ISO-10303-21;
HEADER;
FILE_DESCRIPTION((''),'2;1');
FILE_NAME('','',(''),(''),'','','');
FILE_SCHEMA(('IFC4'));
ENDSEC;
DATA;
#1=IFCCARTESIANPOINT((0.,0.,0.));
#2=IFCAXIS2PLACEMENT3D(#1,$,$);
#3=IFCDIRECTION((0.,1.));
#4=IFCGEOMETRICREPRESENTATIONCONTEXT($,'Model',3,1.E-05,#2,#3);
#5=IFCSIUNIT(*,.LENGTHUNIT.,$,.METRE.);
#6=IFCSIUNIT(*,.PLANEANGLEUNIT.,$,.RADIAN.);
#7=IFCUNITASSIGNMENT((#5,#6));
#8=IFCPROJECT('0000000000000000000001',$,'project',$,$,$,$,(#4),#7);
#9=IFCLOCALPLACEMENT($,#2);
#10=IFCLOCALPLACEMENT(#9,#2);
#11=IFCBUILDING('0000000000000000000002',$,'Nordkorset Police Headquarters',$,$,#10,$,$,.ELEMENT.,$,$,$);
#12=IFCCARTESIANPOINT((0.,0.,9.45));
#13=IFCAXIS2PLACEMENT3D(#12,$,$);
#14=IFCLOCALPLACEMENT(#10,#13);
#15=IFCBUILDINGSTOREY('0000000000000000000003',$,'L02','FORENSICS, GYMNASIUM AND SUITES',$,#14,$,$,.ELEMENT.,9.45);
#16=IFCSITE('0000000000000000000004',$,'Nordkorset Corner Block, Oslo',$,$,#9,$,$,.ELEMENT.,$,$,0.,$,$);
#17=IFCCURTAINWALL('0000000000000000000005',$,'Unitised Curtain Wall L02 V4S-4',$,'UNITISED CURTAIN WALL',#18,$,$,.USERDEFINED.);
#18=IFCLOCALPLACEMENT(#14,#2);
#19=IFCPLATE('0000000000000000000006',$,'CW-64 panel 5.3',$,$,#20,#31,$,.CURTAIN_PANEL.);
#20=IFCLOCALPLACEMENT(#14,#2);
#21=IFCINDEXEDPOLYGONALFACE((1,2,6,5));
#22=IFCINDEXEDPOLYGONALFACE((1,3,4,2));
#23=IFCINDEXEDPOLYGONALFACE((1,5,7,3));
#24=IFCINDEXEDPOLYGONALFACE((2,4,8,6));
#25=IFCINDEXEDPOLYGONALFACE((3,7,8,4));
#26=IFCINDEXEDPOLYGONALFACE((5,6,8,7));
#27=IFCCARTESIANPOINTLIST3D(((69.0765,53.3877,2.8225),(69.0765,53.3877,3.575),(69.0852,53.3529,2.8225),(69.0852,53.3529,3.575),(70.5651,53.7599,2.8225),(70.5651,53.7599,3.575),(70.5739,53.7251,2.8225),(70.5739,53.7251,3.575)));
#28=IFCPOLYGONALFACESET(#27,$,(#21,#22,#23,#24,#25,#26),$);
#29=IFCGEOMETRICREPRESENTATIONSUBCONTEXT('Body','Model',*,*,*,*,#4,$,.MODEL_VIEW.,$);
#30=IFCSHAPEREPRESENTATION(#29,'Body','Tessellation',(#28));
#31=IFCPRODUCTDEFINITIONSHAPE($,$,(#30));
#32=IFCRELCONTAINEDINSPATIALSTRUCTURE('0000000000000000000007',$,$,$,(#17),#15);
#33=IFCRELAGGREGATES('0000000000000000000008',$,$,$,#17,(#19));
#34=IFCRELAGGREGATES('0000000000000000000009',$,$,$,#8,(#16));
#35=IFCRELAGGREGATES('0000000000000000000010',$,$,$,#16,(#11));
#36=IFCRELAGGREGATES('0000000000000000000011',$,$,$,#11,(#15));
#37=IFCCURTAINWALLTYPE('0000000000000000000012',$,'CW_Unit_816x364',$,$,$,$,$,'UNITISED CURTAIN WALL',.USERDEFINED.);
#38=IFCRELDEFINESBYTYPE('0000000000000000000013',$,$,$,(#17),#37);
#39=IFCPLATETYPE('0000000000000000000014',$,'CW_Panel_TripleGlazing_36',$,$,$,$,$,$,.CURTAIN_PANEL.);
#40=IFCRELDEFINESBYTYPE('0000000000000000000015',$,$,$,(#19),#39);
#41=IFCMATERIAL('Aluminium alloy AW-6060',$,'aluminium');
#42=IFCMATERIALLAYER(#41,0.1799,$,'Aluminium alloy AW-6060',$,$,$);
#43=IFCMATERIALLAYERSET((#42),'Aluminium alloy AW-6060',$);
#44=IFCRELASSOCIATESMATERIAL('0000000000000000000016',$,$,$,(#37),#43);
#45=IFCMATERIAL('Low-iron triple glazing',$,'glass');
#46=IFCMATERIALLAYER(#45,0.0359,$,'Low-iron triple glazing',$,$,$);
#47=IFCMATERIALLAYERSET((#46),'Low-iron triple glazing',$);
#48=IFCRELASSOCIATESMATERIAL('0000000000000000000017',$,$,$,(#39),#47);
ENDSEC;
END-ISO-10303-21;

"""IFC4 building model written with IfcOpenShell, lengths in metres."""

from ifc_helpers import new_model, si_unit, direction, frame, origin, origin_2d, place, context, subcontext, project, spatial, rectangle, extrude, material, layer, layer_set, type_object, element, aggregate, save


model = new_model("IFC4")

# Units and contexts
model_context = context("Model", 3, precision=1e-05, world=origin(), true_north=direction((0.0, 1.0)))
body_context = subcontext(model_context, "Body", "Model", "MODEL_VIEW")
ifc_project = project(units=[si_unit("LENGTHUNIT", "METRE"), si_unit("PLANEANGLEUNIT", "RADIAN")], contexts=[model_context])

# Site, building, storey
site_placement = place(None, origin())
site = spatial("IfcSite", under=ifc_project, at=site_placement, Name="Nordkorset Corner Block, Oslo", CompositionType="ELEMENT", RefElevation=0.0)
building_placement = place(site_placement, origin())
building = spatial("IfcBuilding", under=site, at=building_placement, Name="Nordkorset Police Headquarters", CompositionType="ELEMENT")
storey_placement = place(building_placement, frame((0.0, 0.0, 9.45)))
storey = spatial("IfcBuildingStorey", under=building, at=storey_placement, Name="L02", Description="FORENSICS, GYMNASIUM AND SUITES", CompositionType="ELEMENT", Elevation=9.45)

# Curtain wall
ifc_material_1 = material(Name="Aluminium alloy AW-6060", Category="aluminium")
ifc_layer_1 = layer(ifc_material_1, 0.1799, Name="Aluminium alloy AW-6060")
ifc_layer_set_1 = layer_set([ifc_layer_1], Name="Aluminium alloy AW-6060")
curtain_wall_type = type_object("IfcCurtainWallType", Name="CW_Unit_816x364", ElementType="UNITISED CURTAIN WALL", PredefinedType="USERDEFINED", material=ifc_layer_set_1)
curtain_wall_placement = place(storey_placement, origin())
curtain_wall = element("IfcCurtainWall", 1, at=curtain_wall_placement, inside=storey, type_object=curtain_wall_type, Name="Unitised Curtain Wall L02 V4S-4", ObjectType="UNITISED CURTAIN WALL", PredefinedType="USERDEFINED")

# Plate
ifc_material_2 = material(Name="Low-iron triple glazing", Category="glass")
ifc_layer_2 = layer(ifc_material_2, 0.0359, Name="Low-iron triple glazing")
ifc_layer_set_2 = layer_set([ifc_layer_2], Name="Low-iron triple glazing")
plate_type = type_object("IfcPlateType", Name="CW_Panel_TripleGlazing_36", PredefinedType="CURTAIN_PANEL", material=ifc_layer_set_2)
plate_1_placement = place(storey_placement, frame((69.8252, 53.5564, 2.8225), z_axis=(0.0, 0.0, 1.0), x_axis=(0.970143, 0.242536, 0.0)))
plate_1 = element("IfcPlate", 2, at=plate_1_placement, type_object=plate_type, Name="CW-64 panel 5.3", PredefinedType="CURTAIN_PANEL", context=body_context, shape_type="SweptSolid", body=[
    extrude(rectangle(XDim=1.5344, YDim=0.0359, at=origin_2d()), origin(), (0.0, 0.0, 1.0), 0.7524),
])
aggregate(curtain_wall, [plate_1])

save(model, "model.ifc")
